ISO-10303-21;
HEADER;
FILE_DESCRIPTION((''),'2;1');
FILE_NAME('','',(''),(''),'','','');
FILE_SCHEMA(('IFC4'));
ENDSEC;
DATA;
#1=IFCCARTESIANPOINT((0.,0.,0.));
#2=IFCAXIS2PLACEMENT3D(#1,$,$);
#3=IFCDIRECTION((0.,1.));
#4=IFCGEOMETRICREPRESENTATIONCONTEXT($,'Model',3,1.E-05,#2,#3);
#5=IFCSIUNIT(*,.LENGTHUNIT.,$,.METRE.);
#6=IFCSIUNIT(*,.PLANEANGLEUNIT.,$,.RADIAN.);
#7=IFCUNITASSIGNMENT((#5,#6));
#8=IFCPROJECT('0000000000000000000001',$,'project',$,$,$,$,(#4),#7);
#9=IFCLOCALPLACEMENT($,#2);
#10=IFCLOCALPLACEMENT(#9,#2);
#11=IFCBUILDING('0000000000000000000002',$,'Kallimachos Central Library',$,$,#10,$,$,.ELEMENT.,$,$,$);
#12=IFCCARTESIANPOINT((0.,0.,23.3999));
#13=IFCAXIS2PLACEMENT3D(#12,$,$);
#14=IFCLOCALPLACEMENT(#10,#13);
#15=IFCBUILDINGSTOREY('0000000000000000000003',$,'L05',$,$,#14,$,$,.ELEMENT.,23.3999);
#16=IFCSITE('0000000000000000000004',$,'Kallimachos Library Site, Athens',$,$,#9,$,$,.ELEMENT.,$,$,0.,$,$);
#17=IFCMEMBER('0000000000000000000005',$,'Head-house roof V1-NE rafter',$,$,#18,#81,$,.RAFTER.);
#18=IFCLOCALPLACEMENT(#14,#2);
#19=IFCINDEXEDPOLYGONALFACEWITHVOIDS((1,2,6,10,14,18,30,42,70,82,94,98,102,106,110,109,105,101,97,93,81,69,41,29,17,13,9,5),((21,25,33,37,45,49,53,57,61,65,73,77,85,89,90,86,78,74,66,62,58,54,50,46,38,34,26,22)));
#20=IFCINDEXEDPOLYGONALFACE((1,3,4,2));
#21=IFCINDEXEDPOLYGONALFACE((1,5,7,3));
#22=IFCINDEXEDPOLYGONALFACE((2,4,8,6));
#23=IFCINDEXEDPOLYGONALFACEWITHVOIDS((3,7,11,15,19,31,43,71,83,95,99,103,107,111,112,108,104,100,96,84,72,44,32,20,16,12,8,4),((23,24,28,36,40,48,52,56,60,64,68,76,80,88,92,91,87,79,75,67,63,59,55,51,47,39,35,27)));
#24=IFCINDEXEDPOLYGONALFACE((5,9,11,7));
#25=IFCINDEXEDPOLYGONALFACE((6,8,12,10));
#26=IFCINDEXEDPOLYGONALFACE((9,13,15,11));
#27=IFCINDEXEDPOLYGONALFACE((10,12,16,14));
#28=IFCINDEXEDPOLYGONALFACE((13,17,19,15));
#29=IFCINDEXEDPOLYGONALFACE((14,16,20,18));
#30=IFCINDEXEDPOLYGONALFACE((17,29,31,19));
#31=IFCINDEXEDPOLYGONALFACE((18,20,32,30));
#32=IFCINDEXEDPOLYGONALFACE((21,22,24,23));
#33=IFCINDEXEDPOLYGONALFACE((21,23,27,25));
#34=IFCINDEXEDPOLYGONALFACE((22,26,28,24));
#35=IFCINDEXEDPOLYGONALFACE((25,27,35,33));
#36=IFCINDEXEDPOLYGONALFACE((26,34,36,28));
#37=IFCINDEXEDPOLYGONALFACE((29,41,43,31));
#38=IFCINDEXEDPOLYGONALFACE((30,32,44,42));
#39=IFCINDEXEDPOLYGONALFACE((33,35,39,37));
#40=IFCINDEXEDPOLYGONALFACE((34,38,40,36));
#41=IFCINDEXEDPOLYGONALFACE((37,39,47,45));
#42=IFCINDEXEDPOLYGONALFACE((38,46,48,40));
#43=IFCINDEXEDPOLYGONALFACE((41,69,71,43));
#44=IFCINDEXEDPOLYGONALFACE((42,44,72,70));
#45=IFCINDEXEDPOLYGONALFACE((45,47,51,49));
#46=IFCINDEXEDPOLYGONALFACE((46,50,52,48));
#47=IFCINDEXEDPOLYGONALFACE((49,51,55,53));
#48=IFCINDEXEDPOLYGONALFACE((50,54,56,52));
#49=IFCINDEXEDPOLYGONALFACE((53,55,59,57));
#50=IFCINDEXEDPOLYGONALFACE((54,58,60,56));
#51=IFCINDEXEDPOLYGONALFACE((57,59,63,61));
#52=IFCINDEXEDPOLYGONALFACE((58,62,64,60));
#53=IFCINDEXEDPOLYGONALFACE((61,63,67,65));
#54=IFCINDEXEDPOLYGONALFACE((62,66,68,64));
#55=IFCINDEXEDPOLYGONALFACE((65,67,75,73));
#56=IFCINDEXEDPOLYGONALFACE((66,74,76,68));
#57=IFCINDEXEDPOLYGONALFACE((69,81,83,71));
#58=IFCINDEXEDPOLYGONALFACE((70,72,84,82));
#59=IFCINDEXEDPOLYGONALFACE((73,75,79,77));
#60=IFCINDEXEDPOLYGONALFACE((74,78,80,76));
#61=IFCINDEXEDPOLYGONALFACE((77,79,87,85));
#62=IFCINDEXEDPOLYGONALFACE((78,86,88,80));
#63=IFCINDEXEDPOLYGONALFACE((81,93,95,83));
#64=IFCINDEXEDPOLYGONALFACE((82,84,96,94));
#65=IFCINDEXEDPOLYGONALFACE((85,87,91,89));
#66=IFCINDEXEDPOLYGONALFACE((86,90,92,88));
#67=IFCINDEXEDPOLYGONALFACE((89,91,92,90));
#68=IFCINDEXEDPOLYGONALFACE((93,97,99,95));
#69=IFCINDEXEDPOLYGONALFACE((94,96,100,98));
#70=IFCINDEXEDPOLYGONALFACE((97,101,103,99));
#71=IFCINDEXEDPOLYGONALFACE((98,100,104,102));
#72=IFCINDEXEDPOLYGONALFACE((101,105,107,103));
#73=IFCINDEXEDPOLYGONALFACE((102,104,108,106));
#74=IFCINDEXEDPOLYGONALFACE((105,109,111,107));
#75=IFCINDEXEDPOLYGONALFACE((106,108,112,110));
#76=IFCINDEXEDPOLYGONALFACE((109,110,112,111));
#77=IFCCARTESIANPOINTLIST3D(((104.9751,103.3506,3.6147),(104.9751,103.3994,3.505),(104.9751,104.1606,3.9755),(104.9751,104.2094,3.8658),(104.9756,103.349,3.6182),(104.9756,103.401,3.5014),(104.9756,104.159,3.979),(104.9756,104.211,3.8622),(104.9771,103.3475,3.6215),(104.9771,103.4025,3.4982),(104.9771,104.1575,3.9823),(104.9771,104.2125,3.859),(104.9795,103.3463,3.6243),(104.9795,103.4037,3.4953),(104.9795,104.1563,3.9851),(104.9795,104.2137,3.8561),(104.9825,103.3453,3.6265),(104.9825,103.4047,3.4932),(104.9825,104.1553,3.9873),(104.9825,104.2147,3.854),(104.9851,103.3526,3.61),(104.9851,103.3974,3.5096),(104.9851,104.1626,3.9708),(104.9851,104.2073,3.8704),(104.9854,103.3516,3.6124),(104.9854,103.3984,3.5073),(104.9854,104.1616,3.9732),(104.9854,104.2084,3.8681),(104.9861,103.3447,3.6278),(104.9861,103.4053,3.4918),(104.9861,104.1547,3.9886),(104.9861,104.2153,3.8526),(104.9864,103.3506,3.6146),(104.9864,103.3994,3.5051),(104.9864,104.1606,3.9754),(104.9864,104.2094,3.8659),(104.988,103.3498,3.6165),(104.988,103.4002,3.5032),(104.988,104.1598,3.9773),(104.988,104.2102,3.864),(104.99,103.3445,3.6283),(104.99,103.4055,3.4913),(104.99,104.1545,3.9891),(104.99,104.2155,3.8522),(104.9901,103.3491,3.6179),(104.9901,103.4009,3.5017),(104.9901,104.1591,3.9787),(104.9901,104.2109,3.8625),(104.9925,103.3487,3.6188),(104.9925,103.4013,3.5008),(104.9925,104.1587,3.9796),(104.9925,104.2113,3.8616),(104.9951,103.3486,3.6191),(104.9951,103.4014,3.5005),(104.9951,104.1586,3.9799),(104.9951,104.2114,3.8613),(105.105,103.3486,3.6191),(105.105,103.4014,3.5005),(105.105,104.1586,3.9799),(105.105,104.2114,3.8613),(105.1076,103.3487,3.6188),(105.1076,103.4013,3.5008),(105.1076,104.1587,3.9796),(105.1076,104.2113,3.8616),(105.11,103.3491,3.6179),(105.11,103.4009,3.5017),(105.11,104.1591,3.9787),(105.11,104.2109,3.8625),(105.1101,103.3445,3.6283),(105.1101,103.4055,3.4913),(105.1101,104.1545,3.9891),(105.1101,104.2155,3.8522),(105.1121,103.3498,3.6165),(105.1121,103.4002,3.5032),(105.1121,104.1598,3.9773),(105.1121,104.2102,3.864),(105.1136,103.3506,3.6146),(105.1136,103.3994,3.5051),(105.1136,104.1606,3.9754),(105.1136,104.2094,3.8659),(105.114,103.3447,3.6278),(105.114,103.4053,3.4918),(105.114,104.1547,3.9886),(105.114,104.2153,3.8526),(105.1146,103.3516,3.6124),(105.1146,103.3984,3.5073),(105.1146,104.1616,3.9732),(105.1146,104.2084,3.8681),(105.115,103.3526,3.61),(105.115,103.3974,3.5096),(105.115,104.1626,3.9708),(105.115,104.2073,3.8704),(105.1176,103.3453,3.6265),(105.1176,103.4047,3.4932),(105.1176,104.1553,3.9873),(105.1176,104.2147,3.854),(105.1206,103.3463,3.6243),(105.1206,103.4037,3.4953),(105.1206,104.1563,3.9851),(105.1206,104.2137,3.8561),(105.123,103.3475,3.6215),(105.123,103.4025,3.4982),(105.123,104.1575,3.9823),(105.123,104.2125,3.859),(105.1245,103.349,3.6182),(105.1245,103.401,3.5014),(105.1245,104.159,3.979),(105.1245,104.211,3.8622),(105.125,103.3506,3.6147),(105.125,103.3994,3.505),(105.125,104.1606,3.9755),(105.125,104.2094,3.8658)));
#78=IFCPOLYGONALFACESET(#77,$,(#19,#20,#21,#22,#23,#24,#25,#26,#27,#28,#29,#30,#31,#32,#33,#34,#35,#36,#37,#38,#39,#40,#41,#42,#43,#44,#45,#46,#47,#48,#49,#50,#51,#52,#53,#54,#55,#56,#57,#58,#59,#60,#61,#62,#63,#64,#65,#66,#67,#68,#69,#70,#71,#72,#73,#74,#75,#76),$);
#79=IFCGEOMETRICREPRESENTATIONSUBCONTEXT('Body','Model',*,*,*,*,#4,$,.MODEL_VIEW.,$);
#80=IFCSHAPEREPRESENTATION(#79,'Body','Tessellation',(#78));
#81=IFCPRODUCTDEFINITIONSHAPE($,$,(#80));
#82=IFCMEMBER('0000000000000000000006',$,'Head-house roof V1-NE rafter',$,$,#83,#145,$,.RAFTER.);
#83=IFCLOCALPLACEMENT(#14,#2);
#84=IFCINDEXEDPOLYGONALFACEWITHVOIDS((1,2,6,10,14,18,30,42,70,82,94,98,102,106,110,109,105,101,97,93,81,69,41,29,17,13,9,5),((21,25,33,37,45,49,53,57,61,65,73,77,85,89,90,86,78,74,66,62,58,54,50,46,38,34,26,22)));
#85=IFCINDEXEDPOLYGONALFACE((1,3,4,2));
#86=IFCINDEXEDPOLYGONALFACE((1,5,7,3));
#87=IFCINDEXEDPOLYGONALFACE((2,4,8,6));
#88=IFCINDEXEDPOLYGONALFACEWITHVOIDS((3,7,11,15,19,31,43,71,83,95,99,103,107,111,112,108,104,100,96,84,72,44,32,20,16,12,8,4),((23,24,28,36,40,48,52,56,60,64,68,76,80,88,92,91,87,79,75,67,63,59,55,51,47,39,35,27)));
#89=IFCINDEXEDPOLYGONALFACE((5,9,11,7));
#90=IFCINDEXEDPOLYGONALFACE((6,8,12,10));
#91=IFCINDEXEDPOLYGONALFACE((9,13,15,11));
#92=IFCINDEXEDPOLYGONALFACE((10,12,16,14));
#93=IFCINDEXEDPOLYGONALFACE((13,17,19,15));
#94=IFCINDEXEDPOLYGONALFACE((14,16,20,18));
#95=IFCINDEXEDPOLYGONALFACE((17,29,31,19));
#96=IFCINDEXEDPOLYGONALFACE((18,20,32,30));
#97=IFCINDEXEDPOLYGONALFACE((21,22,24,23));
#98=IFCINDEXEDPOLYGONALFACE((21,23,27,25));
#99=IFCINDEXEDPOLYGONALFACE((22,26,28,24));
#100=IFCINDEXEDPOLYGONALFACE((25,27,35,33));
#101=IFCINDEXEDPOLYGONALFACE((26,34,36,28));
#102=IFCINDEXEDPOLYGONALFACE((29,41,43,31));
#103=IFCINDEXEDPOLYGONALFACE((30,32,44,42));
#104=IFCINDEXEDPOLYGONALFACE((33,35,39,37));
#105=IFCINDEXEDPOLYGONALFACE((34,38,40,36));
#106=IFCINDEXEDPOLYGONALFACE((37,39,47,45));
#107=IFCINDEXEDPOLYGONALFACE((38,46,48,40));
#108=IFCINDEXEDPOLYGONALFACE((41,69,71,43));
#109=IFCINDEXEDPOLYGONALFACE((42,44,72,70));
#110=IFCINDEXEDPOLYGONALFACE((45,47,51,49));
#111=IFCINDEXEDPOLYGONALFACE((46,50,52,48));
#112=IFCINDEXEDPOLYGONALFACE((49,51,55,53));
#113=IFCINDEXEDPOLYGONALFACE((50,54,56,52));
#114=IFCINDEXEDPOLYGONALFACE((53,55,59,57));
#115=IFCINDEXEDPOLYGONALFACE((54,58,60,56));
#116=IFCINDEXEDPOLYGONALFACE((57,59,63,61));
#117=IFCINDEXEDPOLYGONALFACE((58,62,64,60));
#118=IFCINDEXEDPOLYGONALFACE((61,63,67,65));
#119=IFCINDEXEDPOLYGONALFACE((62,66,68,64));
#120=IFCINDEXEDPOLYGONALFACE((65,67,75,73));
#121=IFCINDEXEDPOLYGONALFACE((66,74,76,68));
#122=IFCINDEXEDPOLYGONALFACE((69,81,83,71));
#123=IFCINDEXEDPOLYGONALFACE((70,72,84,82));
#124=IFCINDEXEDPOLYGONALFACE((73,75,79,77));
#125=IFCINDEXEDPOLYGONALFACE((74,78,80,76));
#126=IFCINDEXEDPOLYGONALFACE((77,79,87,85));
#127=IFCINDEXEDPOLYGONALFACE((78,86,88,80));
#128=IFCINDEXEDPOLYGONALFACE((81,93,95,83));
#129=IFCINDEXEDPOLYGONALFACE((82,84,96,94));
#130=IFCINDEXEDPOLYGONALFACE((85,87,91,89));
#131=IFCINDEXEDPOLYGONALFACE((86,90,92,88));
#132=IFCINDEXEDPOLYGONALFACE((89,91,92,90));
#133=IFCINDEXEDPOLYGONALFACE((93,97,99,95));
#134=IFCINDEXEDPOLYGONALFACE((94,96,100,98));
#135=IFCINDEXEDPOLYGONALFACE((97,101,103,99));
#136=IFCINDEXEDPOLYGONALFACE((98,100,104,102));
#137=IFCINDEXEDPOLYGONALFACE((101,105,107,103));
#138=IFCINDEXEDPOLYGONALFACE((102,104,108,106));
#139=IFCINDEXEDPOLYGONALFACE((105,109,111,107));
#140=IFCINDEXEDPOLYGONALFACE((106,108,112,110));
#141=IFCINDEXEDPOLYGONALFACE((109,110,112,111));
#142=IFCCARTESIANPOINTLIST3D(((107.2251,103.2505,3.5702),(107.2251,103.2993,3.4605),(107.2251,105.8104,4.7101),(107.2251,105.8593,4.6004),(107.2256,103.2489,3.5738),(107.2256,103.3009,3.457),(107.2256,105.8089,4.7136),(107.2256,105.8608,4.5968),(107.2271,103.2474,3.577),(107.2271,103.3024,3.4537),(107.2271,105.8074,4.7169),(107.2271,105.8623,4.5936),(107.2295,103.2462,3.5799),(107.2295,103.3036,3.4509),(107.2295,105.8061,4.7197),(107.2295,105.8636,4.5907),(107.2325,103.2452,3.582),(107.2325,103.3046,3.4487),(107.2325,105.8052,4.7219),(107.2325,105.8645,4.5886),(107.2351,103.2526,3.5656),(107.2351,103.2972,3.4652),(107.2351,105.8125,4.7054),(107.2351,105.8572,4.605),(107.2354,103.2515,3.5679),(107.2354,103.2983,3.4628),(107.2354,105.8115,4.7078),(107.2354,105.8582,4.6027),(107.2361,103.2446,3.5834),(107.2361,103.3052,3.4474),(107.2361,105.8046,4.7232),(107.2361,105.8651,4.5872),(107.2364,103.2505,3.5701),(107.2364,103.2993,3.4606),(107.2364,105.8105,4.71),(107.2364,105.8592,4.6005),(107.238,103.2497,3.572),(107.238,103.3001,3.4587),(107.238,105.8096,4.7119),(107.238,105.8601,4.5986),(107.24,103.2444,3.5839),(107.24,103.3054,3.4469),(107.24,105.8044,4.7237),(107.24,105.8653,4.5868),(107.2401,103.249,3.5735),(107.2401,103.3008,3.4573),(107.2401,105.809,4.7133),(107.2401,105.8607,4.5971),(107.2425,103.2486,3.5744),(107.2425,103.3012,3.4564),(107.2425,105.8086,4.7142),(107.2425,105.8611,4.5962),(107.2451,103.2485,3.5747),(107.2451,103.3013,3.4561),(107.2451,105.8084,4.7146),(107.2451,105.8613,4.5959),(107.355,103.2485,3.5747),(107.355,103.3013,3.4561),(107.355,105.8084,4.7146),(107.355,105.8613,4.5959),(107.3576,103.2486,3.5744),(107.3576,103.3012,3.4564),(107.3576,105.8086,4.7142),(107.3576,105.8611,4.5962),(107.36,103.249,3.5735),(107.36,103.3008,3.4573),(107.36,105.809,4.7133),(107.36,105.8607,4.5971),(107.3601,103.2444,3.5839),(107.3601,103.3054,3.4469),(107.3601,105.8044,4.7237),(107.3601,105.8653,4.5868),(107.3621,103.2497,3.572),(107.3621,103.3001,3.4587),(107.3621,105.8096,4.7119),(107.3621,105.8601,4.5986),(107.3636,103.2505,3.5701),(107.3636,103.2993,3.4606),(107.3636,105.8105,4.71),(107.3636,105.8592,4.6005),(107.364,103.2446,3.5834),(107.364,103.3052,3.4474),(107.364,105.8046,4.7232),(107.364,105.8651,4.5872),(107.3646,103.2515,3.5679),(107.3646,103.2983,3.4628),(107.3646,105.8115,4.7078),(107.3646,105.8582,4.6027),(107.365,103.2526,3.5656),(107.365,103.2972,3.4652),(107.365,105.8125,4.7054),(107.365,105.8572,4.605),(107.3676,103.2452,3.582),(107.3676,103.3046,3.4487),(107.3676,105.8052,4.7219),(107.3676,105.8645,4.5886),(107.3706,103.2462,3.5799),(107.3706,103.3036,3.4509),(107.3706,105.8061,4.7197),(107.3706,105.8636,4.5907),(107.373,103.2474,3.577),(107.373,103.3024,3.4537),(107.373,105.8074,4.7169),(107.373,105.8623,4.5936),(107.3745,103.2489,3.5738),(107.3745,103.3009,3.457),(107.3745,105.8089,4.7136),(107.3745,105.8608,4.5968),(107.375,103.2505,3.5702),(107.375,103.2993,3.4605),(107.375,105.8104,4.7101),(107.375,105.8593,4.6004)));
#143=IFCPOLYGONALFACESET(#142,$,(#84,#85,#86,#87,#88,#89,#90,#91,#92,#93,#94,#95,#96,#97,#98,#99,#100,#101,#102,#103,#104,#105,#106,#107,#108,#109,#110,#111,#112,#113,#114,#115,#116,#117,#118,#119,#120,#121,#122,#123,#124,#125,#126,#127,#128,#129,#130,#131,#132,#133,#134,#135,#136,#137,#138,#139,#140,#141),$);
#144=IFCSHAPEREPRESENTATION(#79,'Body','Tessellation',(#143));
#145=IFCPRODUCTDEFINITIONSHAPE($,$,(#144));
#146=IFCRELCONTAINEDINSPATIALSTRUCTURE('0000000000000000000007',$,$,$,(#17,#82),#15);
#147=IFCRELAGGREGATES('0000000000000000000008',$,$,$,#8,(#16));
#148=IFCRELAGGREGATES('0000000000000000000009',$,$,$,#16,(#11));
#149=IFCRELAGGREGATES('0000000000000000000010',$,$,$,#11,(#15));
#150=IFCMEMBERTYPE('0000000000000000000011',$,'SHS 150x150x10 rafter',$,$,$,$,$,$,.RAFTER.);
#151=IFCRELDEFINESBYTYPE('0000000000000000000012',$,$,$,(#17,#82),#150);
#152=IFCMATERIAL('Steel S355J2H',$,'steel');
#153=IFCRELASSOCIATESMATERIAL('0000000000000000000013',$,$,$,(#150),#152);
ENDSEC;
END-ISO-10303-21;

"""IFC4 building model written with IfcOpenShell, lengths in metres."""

from ifc_helpers import new_model, si_unit, direction, frame, origin, origin_2d, place, context, subcontext, project, spatial, hollow_rectangle, extrude, material, material_profile, profile_set, type_object, element, save


model = new_model("IFC4")

# Units and contexts
model_context = context("Model", 3, precision=1e-05, world=origin(), true_north=direction((0.0, 1.0)))
body_context = subcontext(model_context, "Body", "Model", "MODEL_VIEW")
ifc_project = project(units=[si_unit("LENGTHUNIT", "METRE"), si_unit("PLANEANGLEUNIT", "RADIAN")], contexts=[model_context])

# Site, building, storey
site_placement = place(None, origin())
site = spatial("IfcSite", under=ifc_project, at=site_placement, Name="Kallimachos Library Site, Athens", CompositionType="ELEMENT", RefElevation=0.0)
building_placement = place(site_placement, origin())
building = spatial("IfcBuilding", under=site, at=building_placement, Name="Kallimachos Central Library", CompositionType="ELEMENT")
storey_placement = place(building_placement, frame((0.0, 0.0, 23.3999)))
storey = spatial("IfcBuildingStorey", under=building, at=storey_placement, Name="L05", CompositionType="ELEMENT", Elevation=23.3999)

# Members
ifc_material_1 = material(Name="Steel S355J2H", Category="steel")
ifc_material_profile_1 = material_profile(ifc_material_1, hollow_rectangle(XDim=0.1499, YDim=0.1499, WallThickness=0.01, InnerFilletRadius=0.01, OuterFilletRadius=0.0149, at=origin_2d()), Name="SHS 150x150x10")
ifc_profile_set_1 = profile_set([ifc_material_profile_1], Name="Steel S355J2H")
member_type_1 = type_object("IfcMemberType", Name="SHS 150x150x10 rafter", PredefinedType="RAFTER", material=ifc_profile_set_1)
member_1_placement = place(storey_placement, frame((105.05, 103.375, 3.5598), z_axis=(0.0, 0.913471, 0.406905), x_axis=(-1.0, 0.0, 0.0)))
element("IfcMember", 1, at=member_1_placement, inside=storey, type_object=member_type_1, Name="Head-house roof V1-NE rafter", PredefinedType="RAFTER", context=body_context, shape_type="SweptSolid", body=[
    extrude(hollow_rectangle(XDim=0.1499, YDim=0.1499, WallThickness=0.01, InnerFilletRadius=0.01, OuterFilletRadius=0.0149, at=origin_2d()), origin(), (0.0, 0.0, 1.0), 0.8867),
])
member_2_placement = place(storey_placement, frame((107.3, 103.2749, 3.5154), z_axis=(0.0, 0.913535, 0.406761), x_axis=(-1.0, 0.0, 0.0)))
element("IfcMember", 2, at=member_2_placement, inside=storey, type_object=member_type_1, Name="Head-house roof V1-NE rafter", PredefinedType="RAFTER", context=body_context, shape_type="SweptSolid", body=[
    extrude(hollow_rectangle(XDim=0.1499, YDim=0.1499, WallThickness=0.01, InnerFilletRadius=0.01, OuterFilletRadius=0.0149, at=origin_2d()), origin(), (0.0, 0.0, 1.0), 2.8022),
])

save(model, "model.ifc")
